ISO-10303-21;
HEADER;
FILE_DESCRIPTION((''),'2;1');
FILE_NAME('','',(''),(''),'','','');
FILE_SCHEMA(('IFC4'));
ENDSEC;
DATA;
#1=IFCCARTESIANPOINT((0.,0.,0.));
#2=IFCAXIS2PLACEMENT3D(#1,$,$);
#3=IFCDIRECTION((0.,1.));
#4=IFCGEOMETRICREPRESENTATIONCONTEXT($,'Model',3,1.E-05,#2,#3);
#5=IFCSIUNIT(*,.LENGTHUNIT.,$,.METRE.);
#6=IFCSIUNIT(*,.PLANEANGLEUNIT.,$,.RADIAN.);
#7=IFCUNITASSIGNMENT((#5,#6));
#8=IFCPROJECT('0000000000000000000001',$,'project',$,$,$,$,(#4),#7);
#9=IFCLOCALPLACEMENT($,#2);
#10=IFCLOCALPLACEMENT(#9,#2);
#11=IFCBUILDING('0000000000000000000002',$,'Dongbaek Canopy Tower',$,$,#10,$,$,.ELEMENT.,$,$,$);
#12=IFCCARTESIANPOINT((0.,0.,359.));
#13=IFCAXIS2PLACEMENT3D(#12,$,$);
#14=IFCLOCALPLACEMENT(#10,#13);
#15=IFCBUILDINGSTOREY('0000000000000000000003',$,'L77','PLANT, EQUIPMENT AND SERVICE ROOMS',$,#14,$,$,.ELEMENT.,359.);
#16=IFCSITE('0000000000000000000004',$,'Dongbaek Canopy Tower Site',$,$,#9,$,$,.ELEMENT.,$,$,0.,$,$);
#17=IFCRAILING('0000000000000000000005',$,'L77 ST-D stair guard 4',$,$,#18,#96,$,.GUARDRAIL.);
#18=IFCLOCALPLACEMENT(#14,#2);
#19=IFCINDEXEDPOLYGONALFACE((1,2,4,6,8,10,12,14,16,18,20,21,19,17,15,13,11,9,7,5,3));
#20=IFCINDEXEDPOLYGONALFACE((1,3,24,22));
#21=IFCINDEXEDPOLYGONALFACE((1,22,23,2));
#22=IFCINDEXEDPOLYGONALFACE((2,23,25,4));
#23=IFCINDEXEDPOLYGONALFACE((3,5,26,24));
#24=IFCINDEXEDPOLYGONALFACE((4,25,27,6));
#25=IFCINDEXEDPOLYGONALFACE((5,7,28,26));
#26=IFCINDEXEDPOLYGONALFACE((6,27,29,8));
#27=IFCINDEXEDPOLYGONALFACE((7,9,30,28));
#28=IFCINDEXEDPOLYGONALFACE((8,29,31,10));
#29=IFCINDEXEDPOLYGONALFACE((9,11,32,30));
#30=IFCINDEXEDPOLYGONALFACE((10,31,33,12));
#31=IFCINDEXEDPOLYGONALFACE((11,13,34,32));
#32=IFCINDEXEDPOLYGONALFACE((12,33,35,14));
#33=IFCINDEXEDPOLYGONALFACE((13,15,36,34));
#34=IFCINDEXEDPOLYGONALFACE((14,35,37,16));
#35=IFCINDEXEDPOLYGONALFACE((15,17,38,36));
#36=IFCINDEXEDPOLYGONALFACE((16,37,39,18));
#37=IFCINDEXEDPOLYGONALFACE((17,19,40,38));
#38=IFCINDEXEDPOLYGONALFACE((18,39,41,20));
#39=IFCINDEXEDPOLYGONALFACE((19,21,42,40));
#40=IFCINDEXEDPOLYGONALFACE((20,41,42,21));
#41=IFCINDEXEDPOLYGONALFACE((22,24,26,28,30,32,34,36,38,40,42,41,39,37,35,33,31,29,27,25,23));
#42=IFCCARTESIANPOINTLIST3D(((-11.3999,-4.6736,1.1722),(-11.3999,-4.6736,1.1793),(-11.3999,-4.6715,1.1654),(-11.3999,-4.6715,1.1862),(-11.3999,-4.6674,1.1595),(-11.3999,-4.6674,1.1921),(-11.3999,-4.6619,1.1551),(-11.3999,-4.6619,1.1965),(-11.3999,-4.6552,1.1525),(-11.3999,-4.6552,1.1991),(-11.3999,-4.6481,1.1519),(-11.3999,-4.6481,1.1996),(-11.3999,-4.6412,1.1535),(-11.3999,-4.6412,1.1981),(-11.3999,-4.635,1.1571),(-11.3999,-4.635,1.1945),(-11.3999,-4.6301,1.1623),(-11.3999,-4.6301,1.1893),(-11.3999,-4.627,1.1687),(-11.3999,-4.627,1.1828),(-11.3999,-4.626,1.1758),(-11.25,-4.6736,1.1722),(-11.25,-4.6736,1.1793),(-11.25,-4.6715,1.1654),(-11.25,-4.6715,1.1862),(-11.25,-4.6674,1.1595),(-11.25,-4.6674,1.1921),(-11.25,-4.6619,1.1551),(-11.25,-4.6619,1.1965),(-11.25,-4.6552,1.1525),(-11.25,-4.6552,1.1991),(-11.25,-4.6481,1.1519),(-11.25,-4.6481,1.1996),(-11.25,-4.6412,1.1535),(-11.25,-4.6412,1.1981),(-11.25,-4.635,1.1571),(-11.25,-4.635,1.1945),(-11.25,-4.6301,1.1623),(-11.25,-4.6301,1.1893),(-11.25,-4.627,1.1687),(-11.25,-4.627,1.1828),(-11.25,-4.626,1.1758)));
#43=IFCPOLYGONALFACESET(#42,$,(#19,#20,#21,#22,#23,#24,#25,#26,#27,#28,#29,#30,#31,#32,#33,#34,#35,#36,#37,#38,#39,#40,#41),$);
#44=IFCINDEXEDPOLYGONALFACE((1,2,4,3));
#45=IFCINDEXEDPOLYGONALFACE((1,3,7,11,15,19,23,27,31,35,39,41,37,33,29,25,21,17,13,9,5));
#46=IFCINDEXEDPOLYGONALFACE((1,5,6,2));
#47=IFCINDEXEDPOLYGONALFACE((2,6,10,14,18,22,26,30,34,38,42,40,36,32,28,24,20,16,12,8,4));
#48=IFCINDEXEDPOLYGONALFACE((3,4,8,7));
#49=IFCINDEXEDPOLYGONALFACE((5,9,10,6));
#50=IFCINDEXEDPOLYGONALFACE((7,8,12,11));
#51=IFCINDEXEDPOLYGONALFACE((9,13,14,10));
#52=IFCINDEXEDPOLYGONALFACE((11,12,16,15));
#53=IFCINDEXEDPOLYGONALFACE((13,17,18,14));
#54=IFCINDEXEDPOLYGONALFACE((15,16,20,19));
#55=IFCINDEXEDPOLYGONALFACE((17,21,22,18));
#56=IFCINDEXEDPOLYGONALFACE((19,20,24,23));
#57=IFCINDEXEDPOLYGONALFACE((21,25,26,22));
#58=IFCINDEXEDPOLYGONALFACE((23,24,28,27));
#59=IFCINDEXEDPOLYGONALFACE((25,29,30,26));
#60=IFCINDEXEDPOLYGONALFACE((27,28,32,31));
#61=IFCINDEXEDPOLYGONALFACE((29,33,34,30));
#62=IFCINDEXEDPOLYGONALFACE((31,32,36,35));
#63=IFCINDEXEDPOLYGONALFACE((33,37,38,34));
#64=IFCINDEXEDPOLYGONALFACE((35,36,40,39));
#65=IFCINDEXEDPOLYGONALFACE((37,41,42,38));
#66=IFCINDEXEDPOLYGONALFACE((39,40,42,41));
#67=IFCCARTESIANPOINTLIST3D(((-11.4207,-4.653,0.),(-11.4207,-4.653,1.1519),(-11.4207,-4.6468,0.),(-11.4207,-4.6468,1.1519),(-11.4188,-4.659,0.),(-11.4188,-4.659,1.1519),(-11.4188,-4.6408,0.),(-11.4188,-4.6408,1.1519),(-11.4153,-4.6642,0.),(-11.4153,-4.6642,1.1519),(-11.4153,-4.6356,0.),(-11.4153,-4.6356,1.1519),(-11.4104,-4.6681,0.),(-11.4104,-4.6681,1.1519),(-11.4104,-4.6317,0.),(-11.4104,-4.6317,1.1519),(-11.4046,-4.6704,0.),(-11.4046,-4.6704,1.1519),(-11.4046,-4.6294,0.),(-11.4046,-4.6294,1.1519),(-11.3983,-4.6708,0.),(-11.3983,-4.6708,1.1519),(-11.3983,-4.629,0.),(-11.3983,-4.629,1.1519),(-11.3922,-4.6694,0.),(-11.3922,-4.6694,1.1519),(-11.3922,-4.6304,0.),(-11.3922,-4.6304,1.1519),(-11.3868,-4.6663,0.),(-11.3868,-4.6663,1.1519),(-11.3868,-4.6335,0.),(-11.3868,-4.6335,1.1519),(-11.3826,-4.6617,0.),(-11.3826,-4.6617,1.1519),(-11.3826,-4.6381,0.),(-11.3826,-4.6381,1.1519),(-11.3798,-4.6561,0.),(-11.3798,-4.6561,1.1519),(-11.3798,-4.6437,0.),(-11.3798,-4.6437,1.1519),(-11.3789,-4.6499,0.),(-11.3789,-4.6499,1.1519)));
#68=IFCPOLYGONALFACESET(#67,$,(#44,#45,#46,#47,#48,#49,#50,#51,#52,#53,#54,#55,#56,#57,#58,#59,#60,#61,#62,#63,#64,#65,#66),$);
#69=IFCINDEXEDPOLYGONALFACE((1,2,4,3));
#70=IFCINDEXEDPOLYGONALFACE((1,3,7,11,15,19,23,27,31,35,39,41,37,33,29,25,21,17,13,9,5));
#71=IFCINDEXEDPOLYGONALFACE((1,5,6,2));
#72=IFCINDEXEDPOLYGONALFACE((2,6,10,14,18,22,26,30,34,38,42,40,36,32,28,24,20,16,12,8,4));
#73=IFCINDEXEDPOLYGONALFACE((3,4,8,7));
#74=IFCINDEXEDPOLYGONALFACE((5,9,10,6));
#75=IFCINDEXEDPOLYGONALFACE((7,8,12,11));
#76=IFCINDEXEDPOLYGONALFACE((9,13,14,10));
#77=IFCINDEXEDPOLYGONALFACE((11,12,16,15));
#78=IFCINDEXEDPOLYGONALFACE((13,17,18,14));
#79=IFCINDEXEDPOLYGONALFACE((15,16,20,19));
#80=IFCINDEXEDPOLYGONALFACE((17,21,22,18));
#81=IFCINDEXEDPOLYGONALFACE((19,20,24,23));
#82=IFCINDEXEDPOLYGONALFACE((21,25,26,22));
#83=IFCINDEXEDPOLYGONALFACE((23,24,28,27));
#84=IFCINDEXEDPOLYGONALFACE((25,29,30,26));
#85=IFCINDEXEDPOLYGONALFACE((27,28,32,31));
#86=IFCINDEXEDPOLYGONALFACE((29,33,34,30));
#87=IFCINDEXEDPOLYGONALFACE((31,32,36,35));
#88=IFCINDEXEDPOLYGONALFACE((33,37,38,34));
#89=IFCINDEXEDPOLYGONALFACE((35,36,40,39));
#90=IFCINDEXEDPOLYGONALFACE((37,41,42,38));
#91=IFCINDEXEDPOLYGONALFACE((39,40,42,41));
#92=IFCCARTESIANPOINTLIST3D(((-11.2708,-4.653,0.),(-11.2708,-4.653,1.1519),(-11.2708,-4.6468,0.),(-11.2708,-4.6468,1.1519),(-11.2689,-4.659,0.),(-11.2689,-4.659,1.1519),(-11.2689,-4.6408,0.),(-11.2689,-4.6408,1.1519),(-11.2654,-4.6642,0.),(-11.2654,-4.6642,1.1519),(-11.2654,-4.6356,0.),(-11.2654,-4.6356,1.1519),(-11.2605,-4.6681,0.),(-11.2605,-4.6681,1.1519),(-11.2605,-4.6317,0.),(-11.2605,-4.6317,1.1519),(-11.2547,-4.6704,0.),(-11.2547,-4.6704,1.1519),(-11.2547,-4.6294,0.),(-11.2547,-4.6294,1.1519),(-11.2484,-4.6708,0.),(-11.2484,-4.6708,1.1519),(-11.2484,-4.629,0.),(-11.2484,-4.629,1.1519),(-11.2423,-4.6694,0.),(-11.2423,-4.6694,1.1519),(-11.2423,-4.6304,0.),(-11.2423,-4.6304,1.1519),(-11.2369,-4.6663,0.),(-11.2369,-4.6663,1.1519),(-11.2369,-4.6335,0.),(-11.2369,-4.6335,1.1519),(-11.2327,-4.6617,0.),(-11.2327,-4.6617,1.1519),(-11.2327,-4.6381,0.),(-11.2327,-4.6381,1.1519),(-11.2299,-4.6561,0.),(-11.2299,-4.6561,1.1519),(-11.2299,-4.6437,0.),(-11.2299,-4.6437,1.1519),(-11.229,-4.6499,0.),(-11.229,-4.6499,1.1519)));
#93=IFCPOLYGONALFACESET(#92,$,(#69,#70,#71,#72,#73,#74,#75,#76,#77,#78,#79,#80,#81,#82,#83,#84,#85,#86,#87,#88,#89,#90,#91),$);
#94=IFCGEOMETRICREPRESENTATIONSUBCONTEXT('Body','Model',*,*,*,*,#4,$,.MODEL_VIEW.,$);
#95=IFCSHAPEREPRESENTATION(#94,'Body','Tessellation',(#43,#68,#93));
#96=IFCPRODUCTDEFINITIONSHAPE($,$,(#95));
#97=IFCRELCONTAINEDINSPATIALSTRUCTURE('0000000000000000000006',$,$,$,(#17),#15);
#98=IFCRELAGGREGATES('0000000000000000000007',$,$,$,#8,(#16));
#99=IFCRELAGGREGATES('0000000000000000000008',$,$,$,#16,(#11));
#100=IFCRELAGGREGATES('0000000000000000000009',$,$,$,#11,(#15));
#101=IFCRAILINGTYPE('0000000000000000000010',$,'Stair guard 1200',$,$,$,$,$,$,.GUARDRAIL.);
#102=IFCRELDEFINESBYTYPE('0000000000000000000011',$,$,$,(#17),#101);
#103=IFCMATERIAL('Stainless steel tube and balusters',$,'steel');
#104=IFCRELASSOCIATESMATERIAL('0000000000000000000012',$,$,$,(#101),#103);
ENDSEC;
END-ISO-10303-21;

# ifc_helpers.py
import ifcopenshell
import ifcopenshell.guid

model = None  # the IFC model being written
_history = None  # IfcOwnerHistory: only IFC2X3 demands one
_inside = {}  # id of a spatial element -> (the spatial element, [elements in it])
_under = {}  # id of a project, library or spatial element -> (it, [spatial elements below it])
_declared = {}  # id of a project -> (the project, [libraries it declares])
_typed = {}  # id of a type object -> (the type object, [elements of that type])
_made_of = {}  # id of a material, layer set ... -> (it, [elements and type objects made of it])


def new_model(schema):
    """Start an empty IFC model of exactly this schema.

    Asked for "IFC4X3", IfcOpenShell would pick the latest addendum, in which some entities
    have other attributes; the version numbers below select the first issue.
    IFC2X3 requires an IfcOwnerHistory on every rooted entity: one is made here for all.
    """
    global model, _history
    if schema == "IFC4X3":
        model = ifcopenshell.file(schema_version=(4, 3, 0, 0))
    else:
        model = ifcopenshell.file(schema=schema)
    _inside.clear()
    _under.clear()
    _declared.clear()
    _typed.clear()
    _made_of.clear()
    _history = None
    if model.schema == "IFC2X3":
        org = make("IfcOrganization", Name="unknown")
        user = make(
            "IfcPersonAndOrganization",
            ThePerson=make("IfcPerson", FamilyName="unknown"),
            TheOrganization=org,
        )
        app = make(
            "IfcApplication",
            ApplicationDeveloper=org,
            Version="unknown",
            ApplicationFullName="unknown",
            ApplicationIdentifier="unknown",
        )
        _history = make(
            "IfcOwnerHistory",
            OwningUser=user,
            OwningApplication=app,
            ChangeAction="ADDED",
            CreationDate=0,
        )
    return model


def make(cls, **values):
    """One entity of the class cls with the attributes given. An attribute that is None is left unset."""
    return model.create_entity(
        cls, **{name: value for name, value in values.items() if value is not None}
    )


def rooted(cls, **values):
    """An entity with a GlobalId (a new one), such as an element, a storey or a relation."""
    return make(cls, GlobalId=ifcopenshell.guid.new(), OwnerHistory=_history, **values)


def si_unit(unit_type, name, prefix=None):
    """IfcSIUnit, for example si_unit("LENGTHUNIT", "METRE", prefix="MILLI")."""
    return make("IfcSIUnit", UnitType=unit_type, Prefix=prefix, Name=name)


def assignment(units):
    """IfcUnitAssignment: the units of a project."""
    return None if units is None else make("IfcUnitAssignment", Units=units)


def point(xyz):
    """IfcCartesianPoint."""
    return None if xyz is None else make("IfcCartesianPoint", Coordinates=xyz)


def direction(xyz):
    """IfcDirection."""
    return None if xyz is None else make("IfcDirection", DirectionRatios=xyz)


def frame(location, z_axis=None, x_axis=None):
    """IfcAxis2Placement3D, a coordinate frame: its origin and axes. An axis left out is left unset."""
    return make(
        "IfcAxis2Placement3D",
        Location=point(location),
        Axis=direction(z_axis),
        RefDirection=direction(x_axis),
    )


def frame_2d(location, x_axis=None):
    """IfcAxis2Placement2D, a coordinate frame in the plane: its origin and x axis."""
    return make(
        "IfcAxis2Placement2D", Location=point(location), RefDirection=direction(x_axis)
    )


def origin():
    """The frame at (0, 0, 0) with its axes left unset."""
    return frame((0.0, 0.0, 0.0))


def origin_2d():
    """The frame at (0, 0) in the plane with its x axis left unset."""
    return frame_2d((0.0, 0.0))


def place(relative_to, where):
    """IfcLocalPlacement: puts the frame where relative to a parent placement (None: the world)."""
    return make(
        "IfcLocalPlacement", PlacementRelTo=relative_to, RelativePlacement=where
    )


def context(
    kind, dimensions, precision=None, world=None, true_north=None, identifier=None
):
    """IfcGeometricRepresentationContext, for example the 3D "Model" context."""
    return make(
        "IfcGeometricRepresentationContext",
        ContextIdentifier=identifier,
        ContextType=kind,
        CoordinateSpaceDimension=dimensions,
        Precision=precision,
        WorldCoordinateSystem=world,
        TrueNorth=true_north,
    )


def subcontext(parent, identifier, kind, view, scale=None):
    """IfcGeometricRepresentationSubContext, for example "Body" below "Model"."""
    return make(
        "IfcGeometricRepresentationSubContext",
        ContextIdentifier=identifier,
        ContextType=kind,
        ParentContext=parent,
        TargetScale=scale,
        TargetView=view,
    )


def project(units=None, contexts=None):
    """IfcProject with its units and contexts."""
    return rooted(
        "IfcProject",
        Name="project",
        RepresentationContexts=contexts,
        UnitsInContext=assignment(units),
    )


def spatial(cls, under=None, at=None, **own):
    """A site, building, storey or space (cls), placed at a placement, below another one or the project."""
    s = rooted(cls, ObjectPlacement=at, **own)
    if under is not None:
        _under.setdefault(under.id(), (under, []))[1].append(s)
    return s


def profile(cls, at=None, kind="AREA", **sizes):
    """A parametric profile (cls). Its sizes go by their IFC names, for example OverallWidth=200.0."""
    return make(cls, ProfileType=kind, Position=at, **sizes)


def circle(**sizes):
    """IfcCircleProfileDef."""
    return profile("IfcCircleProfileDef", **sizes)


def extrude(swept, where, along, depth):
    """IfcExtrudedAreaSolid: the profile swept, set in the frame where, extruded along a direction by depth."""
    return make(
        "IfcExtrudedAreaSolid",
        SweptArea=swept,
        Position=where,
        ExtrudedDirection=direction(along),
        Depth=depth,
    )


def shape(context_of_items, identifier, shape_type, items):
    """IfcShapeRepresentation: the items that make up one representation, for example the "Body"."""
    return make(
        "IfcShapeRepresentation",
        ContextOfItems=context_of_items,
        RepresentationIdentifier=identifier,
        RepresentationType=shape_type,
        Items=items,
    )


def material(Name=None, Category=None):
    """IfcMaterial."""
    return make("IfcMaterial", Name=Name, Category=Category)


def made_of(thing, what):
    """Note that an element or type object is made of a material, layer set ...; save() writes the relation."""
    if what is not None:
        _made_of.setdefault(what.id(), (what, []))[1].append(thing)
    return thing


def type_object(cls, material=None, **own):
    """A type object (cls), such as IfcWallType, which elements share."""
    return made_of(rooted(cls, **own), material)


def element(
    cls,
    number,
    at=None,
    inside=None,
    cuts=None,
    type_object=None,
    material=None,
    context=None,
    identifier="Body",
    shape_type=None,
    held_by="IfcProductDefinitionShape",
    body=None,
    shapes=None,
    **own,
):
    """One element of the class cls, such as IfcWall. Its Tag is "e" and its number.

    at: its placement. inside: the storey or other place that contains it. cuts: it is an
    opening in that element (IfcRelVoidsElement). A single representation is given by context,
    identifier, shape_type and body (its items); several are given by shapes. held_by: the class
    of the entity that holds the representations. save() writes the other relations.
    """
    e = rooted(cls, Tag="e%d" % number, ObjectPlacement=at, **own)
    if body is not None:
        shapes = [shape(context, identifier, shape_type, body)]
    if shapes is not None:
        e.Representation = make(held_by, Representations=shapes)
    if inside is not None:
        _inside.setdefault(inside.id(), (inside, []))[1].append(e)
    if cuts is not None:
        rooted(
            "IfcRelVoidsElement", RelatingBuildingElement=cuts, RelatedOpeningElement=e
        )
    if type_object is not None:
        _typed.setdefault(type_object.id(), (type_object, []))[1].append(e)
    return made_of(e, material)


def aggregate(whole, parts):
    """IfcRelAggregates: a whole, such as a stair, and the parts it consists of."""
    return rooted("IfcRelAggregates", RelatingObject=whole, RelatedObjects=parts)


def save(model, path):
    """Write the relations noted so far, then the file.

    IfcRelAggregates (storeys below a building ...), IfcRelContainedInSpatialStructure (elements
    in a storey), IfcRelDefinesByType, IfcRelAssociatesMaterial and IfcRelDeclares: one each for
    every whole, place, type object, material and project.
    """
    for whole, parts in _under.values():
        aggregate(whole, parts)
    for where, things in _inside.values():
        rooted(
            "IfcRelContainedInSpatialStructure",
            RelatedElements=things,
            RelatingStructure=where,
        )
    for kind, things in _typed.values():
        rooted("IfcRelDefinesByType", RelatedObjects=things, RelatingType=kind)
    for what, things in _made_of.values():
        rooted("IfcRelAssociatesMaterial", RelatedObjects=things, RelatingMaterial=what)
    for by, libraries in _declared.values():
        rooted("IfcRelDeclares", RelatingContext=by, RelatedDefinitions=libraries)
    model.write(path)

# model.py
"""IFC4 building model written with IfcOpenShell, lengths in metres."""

from ifc_helpers import new_model, si_unit, direction, frame, origin, origin_2d, place, context, subcontext, project, spatial, circle, extrude, material, type_object, element, save


model = new_model("IFC4")

# Units and contexts
model_context = context("Model", 3, precision=1e-05, world=origin(), true_north=direction((0.0, 1.0)))
body_context = subcontext(model_context, "Body", "Model", "MODEL_VIEW")
ifc_project = project(units=[si_unit("LENGTHUNIT", "METRE"), si_unit("PLANEANGLEUNIT", "RADIAN")], contexts=[model_context])

# Site, building, storey
site_placement = place(None, origin())
site = spatial("IfcSite", under=ifc_project, at=site_placement, Name="Dongbaek Canopy Tower Site", CompositionType="ELEMENT", RefElevation=0.0)
building_placement = place(site_placement, origin())
building = spatial("IfcBuilding", under=site, at=building_placement, Name="Dongbaek Canopy Tower", CompositionType="ELEMENT")
storey_placement = place(building_placement, frame((0.0, 0.0, 359.0)))
storey = spatial("IfcBuildingStorey", under=building, at=storey_placement, Name="L77", Description="PLANT, EQUIPMENT AND SERVICE ROOMS", CompositionType="ELEMENT", Elevation=359.0)

# Railing
ifc_material_1 = material(Name="Stainless steel tube and balusters", Category="steel")
railing_type_1 = type_object("IfcRailingType", Name="Stair guard 1200", PredefinedType="GUARDRAIL", material=ifc_material_1)
railing_1_placement = place(storey_placement, frame((-11.3999, -4.6499, 0.0)))
element("IfcRailing", 1, at=railing_1_placement, inside=storey, type_object=railing_type_1, Name="L77 ST-D stair guard 4", PredefinedType="GUARDRAIL", context=body_context, shape_type="SweptSolid", body=[
    extrude(circle(Radius=0.0239, at=origin_2d()), frame((0.0, 0.0, 1.1758), z_axis=(1.0, 0.0, 0.0), x_axis=(0.0, 1.0, 0.0)), (0.0, 0.0, 1.0), 0.1499),
    extrude(circle(Radius=0.021, at=origin_2d()), origin(), (0.0, 0.0, 1.0), 1.1519),
    extrude(circle(Radius=0.021, at=origin_2d()), frame((0.1499, 0.0, 0.0)), (0.0, 0.0, 1.0), 1.1519),
])

save(model, "model.ifc")
